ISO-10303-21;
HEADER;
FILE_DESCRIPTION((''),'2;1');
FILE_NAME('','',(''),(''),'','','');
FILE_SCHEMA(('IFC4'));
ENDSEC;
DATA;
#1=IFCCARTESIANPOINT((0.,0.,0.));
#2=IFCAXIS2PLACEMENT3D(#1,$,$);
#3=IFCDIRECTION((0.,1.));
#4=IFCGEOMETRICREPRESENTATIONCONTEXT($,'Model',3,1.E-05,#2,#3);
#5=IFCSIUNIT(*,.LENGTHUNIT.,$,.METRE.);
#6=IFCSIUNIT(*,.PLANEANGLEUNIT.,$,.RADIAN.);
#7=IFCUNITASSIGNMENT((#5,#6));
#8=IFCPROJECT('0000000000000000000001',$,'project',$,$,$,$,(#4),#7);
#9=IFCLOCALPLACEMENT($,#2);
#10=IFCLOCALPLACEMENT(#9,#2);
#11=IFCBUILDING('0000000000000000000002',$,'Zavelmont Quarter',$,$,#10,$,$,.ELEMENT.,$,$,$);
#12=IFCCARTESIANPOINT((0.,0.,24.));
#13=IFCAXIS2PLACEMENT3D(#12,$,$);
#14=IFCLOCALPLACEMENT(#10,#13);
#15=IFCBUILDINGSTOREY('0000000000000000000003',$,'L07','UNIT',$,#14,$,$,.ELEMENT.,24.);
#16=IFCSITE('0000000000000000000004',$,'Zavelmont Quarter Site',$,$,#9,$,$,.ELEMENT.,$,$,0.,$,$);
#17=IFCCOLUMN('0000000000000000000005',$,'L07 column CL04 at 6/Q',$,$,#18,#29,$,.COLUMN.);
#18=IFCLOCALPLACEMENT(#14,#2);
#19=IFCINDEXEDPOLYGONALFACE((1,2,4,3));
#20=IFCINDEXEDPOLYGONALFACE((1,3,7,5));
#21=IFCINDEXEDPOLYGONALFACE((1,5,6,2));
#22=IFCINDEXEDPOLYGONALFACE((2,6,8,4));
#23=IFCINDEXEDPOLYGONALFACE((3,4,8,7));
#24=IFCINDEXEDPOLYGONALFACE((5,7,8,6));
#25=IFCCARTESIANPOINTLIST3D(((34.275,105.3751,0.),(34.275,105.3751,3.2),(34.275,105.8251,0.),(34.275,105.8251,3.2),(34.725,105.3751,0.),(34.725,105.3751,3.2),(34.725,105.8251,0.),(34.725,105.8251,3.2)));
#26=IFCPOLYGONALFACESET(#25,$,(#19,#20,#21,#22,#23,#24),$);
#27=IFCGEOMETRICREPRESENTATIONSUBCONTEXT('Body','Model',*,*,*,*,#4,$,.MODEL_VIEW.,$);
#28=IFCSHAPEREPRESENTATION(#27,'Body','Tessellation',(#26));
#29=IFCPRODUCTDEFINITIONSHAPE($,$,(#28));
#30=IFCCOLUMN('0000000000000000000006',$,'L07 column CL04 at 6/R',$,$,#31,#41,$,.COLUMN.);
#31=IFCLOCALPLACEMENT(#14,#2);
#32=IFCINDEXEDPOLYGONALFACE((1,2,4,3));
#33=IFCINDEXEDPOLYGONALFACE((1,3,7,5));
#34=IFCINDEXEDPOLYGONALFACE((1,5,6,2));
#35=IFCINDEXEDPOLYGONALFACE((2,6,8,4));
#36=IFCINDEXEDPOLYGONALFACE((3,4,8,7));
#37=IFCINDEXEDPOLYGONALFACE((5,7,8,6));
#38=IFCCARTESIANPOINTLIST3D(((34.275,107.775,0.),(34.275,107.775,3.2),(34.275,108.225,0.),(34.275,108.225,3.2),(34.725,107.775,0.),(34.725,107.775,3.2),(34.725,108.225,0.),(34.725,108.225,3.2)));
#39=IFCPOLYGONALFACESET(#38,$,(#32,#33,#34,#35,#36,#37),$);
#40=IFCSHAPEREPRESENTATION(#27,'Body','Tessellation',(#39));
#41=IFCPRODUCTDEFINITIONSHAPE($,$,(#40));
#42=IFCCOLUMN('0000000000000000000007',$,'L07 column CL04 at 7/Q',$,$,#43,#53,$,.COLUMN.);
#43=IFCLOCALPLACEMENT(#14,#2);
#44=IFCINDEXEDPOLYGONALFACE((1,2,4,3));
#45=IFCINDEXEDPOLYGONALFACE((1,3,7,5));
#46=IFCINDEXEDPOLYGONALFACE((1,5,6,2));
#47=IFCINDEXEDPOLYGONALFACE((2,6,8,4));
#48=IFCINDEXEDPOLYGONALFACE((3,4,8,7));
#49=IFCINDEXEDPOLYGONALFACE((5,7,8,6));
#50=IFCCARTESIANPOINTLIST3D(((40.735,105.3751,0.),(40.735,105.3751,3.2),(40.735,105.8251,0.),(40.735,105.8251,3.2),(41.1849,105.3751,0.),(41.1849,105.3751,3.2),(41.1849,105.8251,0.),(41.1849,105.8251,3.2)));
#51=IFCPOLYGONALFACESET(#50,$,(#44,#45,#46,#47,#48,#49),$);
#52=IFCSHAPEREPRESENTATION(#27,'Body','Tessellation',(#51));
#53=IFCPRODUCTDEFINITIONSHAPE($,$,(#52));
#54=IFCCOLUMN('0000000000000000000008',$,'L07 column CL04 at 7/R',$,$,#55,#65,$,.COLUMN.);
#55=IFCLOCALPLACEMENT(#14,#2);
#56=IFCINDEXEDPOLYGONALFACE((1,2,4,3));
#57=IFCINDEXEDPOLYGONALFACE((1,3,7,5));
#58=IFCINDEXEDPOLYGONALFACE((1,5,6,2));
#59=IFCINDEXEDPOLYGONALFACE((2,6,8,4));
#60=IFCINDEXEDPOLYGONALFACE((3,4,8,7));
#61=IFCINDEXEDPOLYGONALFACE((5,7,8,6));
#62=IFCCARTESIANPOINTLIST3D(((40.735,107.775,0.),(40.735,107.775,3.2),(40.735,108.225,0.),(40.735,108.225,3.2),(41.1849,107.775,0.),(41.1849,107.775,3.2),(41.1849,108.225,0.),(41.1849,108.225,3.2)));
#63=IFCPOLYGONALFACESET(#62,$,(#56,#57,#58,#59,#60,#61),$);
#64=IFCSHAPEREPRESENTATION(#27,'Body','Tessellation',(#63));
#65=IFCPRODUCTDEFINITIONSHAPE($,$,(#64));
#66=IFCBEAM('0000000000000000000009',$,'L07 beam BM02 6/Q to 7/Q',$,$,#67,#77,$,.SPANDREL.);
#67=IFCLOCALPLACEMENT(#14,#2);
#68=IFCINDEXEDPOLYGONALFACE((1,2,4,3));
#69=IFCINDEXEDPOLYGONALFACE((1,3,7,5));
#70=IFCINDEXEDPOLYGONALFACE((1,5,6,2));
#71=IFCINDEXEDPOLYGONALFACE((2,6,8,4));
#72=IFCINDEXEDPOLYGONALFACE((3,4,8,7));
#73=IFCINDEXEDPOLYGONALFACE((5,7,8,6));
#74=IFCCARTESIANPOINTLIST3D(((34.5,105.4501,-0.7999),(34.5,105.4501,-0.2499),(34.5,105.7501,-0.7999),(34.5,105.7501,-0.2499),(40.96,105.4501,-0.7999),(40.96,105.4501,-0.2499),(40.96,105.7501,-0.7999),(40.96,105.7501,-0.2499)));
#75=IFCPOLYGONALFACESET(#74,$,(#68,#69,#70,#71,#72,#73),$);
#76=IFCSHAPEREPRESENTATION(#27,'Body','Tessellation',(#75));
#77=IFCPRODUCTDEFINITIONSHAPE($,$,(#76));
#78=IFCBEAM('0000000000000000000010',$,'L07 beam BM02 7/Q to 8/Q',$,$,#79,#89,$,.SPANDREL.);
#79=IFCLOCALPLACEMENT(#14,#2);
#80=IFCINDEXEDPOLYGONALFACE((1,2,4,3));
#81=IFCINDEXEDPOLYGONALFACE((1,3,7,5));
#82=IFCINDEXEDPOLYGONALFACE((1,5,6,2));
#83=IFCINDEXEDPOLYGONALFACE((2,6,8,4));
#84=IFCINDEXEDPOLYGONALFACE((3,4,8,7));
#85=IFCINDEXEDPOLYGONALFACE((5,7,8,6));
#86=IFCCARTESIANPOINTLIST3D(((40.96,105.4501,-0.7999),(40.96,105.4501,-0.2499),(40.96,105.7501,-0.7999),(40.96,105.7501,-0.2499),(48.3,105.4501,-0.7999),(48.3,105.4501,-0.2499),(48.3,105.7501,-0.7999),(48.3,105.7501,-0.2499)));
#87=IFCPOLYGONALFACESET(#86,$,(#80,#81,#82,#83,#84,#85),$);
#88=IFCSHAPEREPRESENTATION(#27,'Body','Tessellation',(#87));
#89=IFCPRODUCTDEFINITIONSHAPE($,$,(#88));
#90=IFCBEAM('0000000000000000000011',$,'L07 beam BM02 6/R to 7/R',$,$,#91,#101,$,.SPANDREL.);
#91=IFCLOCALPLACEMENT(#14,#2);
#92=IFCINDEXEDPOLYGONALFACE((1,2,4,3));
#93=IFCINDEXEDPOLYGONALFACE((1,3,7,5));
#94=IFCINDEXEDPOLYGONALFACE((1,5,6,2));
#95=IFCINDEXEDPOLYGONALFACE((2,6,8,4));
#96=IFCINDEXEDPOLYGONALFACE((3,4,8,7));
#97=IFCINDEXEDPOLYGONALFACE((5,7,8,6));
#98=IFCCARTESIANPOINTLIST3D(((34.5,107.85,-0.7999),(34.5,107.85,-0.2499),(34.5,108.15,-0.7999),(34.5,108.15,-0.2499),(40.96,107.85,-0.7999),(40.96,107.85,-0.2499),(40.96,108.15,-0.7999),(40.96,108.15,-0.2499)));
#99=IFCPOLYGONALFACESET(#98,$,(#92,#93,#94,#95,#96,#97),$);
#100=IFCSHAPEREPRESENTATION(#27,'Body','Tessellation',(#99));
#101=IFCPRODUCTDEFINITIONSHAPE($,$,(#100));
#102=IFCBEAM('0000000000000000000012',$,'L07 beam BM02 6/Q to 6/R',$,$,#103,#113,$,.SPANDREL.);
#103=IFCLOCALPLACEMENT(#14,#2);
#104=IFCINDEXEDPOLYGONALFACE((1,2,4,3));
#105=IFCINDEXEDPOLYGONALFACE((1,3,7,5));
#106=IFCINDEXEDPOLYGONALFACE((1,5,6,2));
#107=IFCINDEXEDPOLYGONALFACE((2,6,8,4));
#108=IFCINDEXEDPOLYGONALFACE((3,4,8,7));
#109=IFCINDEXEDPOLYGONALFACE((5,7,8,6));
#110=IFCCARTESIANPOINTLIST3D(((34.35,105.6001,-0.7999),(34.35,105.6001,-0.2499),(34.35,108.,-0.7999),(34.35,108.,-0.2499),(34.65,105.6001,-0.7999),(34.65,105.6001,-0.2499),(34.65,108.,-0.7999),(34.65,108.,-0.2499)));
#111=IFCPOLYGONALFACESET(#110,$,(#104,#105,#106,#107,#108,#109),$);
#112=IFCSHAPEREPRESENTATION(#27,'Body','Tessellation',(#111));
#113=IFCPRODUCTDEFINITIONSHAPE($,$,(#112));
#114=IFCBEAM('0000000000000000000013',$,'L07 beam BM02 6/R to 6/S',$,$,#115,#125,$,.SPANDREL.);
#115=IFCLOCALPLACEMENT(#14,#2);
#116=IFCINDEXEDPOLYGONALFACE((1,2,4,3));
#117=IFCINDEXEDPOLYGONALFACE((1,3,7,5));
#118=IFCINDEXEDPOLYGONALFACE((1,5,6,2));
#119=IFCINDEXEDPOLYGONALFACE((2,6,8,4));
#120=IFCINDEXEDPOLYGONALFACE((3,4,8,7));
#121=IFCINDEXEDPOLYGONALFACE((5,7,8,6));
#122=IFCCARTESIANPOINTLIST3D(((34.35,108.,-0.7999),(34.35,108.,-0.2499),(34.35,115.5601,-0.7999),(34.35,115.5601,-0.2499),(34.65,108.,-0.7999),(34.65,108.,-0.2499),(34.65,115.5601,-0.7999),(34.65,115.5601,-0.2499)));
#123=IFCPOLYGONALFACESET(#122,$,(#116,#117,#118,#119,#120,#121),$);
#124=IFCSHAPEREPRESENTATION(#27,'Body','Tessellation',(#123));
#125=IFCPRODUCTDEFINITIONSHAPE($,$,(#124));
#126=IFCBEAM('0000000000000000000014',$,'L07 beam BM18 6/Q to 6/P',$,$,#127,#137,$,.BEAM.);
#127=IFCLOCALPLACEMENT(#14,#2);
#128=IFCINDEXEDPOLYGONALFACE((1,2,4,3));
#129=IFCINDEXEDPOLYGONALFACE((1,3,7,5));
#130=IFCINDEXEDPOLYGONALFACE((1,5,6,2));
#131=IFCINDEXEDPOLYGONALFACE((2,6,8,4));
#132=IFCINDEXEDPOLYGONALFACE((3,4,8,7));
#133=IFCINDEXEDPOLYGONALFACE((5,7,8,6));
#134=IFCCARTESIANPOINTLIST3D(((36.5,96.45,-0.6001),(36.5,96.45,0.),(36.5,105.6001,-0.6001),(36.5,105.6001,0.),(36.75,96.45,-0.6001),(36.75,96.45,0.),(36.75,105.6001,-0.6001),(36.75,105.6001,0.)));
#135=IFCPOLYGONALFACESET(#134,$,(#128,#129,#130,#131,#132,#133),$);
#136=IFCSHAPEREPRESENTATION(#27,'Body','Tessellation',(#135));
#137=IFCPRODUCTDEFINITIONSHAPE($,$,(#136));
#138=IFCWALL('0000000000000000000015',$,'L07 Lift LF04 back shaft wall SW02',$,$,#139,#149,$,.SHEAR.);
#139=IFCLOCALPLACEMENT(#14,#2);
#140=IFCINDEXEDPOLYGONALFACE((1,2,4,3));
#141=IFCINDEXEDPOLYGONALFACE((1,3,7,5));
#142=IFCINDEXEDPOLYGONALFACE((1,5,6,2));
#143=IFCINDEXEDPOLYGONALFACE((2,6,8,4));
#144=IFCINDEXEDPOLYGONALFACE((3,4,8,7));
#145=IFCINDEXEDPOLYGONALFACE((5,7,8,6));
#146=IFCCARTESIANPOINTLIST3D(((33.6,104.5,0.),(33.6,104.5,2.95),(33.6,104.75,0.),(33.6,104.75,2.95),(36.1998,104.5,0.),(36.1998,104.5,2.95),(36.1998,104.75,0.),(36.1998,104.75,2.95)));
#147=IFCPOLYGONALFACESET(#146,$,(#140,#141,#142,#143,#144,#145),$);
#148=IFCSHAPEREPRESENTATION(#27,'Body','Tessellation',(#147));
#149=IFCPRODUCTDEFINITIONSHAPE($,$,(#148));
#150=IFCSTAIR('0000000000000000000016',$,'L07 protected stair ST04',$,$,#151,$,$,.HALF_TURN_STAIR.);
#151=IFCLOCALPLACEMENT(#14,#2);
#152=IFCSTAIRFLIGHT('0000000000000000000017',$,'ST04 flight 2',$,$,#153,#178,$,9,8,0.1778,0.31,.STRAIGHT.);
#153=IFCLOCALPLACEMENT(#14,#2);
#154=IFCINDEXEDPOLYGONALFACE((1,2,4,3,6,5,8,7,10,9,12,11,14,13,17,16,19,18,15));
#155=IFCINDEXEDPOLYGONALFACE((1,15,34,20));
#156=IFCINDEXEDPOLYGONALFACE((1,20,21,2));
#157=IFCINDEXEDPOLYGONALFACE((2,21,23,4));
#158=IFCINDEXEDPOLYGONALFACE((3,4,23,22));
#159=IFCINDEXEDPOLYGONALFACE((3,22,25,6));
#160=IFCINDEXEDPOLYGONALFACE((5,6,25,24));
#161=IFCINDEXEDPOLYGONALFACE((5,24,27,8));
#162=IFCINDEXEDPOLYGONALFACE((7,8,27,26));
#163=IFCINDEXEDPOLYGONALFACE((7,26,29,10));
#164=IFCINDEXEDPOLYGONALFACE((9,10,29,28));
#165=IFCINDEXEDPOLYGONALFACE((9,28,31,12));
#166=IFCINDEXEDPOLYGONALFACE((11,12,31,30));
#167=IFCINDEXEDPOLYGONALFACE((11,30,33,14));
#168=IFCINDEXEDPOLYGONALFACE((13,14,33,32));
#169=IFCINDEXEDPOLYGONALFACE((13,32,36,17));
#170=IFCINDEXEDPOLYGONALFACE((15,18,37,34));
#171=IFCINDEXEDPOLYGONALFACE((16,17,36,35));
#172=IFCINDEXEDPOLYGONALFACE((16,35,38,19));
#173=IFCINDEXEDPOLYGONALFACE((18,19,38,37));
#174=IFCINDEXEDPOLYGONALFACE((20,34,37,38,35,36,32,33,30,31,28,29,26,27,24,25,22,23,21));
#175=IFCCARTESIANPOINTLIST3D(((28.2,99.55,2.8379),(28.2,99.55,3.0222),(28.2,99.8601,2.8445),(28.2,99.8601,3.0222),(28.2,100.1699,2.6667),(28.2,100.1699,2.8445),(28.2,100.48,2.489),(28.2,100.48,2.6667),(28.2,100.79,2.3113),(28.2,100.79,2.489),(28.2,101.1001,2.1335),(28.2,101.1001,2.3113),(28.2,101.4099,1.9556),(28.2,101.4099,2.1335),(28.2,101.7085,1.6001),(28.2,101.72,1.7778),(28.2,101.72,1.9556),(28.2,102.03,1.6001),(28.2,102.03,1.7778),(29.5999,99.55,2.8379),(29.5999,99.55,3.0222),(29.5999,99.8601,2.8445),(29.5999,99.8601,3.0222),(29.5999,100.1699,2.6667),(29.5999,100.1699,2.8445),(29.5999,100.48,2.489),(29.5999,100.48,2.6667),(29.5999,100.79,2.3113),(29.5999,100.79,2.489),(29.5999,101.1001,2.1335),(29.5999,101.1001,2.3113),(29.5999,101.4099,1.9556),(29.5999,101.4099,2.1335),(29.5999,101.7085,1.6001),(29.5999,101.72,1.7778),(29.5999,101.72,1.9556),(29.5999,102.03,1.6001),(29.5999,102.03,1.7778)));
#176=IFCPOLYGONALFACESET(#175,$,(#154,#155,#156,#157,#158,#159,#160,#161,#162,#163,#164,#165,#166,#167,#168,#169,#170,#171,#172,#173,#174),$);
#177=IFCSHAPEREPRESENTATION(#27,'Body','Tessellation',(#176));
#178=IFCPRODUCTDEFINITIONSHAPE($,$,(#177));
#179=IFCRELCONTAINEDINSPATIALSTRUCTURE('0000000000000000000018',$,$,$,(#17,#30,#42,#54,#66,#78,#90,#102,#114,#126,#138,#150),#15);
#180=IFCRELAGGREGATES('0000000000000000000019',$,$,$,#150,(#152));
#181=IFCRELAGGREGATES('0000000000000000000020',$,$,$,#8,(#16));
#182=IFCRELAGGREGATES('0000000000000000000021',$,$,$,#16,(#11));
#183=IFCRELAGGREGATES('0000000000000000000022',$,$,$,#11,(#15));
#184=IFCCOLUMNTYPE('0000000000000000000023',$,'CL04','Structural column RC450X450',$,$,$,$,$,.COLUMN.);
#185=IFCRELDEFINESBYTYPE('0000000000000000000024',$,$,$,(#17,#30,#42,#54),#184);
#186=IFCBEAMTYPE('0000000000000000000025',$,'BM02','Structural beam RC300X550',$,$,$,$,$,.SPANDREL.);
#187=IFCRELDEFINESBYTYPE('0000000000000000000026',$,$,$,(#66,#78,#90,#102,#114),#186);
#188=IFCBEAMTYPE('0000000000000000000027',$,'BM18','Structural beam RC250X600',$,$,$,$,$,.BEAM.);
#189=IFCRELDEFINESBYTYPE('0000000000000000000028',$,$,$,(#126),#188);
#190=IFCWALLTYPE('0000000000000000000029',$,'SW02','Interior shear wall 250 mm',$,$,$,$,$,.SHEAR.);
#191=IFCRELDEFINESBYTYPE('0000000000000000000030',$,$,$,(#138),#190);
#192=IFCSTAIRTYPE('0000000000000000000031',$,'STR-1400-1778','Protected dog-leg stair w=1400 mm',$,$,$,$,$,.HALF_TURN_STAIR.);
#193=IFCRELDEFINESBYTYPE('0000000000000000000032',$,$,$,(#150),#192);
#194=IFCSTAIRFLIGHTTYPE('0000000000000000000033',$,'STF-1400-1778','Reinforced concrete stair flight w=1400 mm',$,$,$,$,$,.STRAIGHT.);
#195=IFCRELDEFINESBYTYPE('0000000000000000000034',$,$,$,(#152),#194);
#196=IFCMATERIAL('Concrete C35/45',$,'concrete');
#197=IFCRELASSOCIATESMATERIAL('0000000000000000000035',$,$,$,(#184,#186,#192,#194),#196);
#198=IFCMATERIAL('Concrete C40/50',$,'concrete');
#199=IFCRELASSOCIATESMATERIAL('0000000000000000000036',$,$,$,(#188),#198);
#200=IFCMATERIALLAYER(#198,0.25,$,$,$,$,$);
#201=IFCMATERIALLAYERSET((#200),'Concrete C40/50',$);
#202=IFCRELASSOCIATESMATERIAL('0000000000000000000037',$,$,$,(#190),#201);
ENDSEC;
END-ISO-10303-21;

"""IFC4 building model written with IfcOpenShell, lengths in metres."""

from ifc_helpers import new_model, si_unit, direction, frame, frame_2d, origin, origin_2d, place, context, subcontext, project, spatial, polyline, rectangle, outline, extrude, material, layer, layer_set, material_profile, profile_set, type_object, element, aggregate, save


model = new_model("IFC4")

# Units and contexts
model_context = context("Model", 3, precision=1e-05, world=origin(), true_north=direction((0.0, 1.0)))
body_context = subcontext(model_context, "Body", "Model", "MODEL_VIEW")
ifc_project = project(units=[si_unit("LENGTHUNIT", "METRE"), si_unit("PLANEANGLEUNIT", "RADIAN")], contexts=[model_context])

# Site, building, storey
site_placement = place(None, origin())
site = spatial("IfcSite", under=ifc_project, at=site_placement, Name="Zavelmont Quarter Site", CompositionType="ELEMENT", RefElevation=0.0)
building_placement = place(site_placement, origin())
building = spatial("IfcBuilding", under=site, at=building_placement, Name="Zavelmont Quarter", CompositionType="ELEMENT")
storey_placement = place(building_placement, frame((0.0, 0.0, 24.0)))
storey = spatial("IfcBuildingStorey", under=building, at=storey_placement, Name="L07", Description="UNIT", CompositionType="ELEMENT", Elevation=24.0)

# Columns
ifc_material_1 = material(Name="Concrete C35/45", Category="concrete")
ifc_material_profile_1 = material_profile(ifc_material_1, rectangle(XDim=0.45, YDim=0.45, at=origin_2d()), Name="RC450X450")
ifc_profile_set_1 = profile_set([ifc_material_profile_1], Name="Concrete C35/45")
column_type = type_object("IfcColumnType", Name="CL04", Description="Structural column RC450X450", PredefinedType="COLUMN", material=ifc_profile_set_1)
for number, where, z_axis, x_axis, name in (
    (1, (34.5, 105.6001, 0.0), (0.0, 0.0, 1.0), (1.0, 0.0, 0.0), "L07 column CL04 at 6/Q"),
    (2, (34.5, 108.0, 0.0), (0.0, 0.0, 1.0), (1.0, 0.0, 0.0), "L07 column CL04 at 6/R"),
    (3, (40.96, 105.6001, 0.0), (0.0, 0.0, 1.0), (1.0, 0.0, 0.0), "L07 column CL04 at 7/Q"),
    (4, (40.96, 108.0, 0.0), (0.0, 0.0, 1.0), (1.0, 0.0, 0.0), "L07 column CL04 at 7/R"),
):
    element("IfcColumn", number, at=place(storey_placement, frame(where, z_axis=z_axis, x_axis=x_axis)), inside=storey, type_object=column_type, Name=name, PredefinedType="COLUMN", context=body_context, shape_type="SweptSolid", body=[
        extrude(rectangle(XDim=0.45, YDim=0.45, at=origin_2d()), origin(), (0.0, 0.0, 1.0), 3.2),
    ])

# Beams
ifc_material_profile_2 = material_profile(ifc_material_1, rectangle(XDim=0.3, YDim=0.55, at=origin_2d()), Name="RC300X550")
ifc_profile_set_2 = profile_set([ifc_material_profile_2], Name="Concrete C35/45")
beam_type_1 = type_object("IfcBeamType", Name="BM02", Description="Structural beam RC300X550", PredefinedType="SPANDREL", material=ifc_profile_set_2)
beam_1_placement = place(storey_placement, frame((34.5, 105.6001, -0.5249), z_axis=(1.0, 0.0, 0.0), x_axis=(0.0, 1.0, 0.0)))
element("IfcBeam", 5, at=beam_1_placement, inside=storey, type_object=beam_type_1, Name="L07 beam BM02 6/Q to 7/Q", PredefinedType="SPANDREL", context=body_context, shape_type="SweptSolid", body=[
    extrude(rectangle(XDim=0.3, YDim=0.55, at=origin_2d()), origin(), (0.0, 0.0, 1.0), 6.46),
])
beam_2_placement = place(storey_placement, frame((40.96, 105.6001, -0.5249), z_axis=(1.0, 0.0, 0.0), x_axis=(0.0, 1.0, 0.0)))
element("IfcBeam", 6, at=beam_2_placement, inside=storey, type_object=beam_type_1, Name="L07 beam BM02 7/Q to 8/Q", PredefinedType="SPANDREL", context=body_context, shape_type="SweptSolid", body=[
    extrude(rectangle(XDim=0.3, YDim=0.55, at=origin_2d()), origin(), (0.0, 0.0, 1.0), 7.3401),
])
beam_3_placement = place(storey_placement, frame((34.5, 108.0, -0.5249), z_axis=(1.0, 0.0, 0.0), x_axis=(0.0, 1.0, 0.0)))
element("IfcBeam", 7, at=beam_3_placement, inside=storey, type_object=beam_type_1, Name="L07 beam BM02 6/R to 7/R", PredefinedType="SPANDREL", context=body_context, shape_type="SweptSolid", body=[
    extrude(rectangle(XDim=0.3, YDim=0.55, at=origin_2d()), origin(), (0.0, 0.0, 1.0), 6.46),
])
beam_4_placement = place(storey_placement, frame((34.5, 105.6001, -0.5249), z_axis=(0.0, 1.0, 0.0), x_axis=(-1.0, 0.0, 0.0)))
element("IfcBeam", 8, at=beam_4_placement, inside=storey, type_object=beam_type_1, Name="L07 beam BM02 6/Q to 6/R", PredefinedType="SPANDREL", context=body_context, shape_type="SweptSolid", body=[
    extrude(rectangle(XDim=0.3, YDim=0.55, at=origin_2d()), origin(), (0.0, 0.0, 1.0), 2.3999),
])
beam_5_placement = place(storey_placement, frame((34.5, 108.0, -0.5249), z_axis=(0.0, 1.0, 0.0), x_axis=(-1.0, 0.0, 0.0)))
element("IfcBeam", 9, at=beam_5_placement, inside=storey, type_object=beam_type_1, Name="L07 beam BM02 6/R to 6/S", PredefinedType="SPANDREL", context=body_context, shape_type="SweptSolid", body=[
    extrude(rectangle(XDim=0.3, YDim=0.55, at=origin_2d()), origin(), (0.0, 0.0, 1.0), 7.5601),
])
ifc_material_2 = material(Name="Concrete C40/50", Category="concrete")
ifc_material_profile_3 = material_profile(ifc_material_2, rectangle(XDim=0.25, YDim=0.6001, at=origin_2d()), Name="RC250X600")
ifc_profile_set_3 = profile_set([ifc_material_profile_3], Name="Concrete C40/50")
beam_type_2 = type_object("IfcBeamType", Name="BM18", Description="Structural beam RC250X600", PredefinedType="BEAM", material=ifc_profile_set_3)
beam_6_placement = place(storey_placement, frame((36.625, 105.6001, -0.3), z_axis=(0.0, -1.0, 0.0), x_axis=(1.0, 0.0, 0.0)))
element("IfcBeam", 10, at=beam_6_placement, inside=storey, type_object=beam_type_2, Name="L07 beam BM18 6/Q to 6/P", PredefinedType="BEAM", context=body_context, shape_type="SweptSolid", body=[
    extrude(rectangle(XDim=0.25, YDim=0.6001, at=origin_2d()), origin(), (0.0, 0.0, 1.0), 9.1501),
])

# Wall
ifc_layer_1 = layer(ifc_material_2, 0.25)
ifc_layer_set_1 = layer_set([ifc_layer_1], Name="Concrete C40/50")
wall_type_1 = type_object("IfcWallType", Name="SW02", Description="Interior shear wall 250 mm", PredefinedType="SHEAR", material=ifc_layer_set_1)
wall_1_placement = place(storey_placement, frame((33.6001, 104.625, 0.0), z_axis=(0.0, 0.0, 1.0), x_axis=(1.0, 0.0, 0.0)))
element("IfcWall", 11, at=wall_1_placement, inside=storey, type_object=wall_type_1, Name="L07 Lift LF04 back shaft wall SW02", PredefinedType="SHEAR", context=body_context, shape_type="SweptSolid", body=[
    extrude(rectangle(XDim=2.5999, YDim=0.25, at=frame_2d((1.2998, 0.0))), origin(), (0.0, 0.0, 1.0), 2.95),
])

# Stair, stair flight
stair_type = type_object("IfcStairType", Name="STR-1400-1778", Description="Protected dog-leg stair w=1400 mm", PredefinedType="HALF_TURN_STAIR", material=ifc_material_1)
stair_placement = place(storey_placement, origin())
stair = element("IfcStair", 12, at=stair_placement, inside=storey, type_object=stair_type, Name="L07 protected stair ST04", PredefinedType="HALF_TURN_STAIR")
stair_flight_type = type_object("IfcStairFlightType", Name="STF-1400-1778", Description="Reinforced concrete stair flight w=1400 mm", PredefinedType="STRAIGHT", material=ifc_material_1)
stair_flight_placement = place(storey_placement, frame((28.8999, 102.03, 1.6001), z_axis=(0.0, 0.0, 1.0), x_axis=(0.0, -1.0, 0.0)))
stair_flight = element("IfcStairFlight", 13, at=stair_flight_placement, type_object=stair_flight_type, Name="ST04 flight 2", NumberOfRisers=9, NumberOfTreads=8, PredefinedType="STRAIGHT", RiserHeight=0.1778, TreadLength=0.31, context=body_context, shape_type="SweptSolid", body=[
    extrude(outline(polyline([(0.0, 0.0), (0.0, 0.1777), (0.3101, 0.1777), (0.3101, 0.3555), (0.6201, 0.3555), (0.6201, 0.5334), (0.9299, 0.5334), (0.9299, 0.7112), (1.24, 0.7112), (1.24, 0.8889), (1.55, 0.8889), (1.55, 1.0667), (1.8601, 1.0667), (1.8601, 1.2444), (2.1699, 1.2444), (2.1699, 1.4221), (2.48, 1.4221), (2.48, 1.6001), (2.48, 1.2378), (0.3215, 0.0), (0.0, 0.0)])), frame((0.0, 0.7, 0.0), z_axis=(0.0, -1.0, 0.0), x_axis=(1.0, 0.0, 0.0)), (0.0, 0.0, 1.0), 1.3999),
])
aggregate(stair, [stair_flight])

save(model, "model.ifc")
